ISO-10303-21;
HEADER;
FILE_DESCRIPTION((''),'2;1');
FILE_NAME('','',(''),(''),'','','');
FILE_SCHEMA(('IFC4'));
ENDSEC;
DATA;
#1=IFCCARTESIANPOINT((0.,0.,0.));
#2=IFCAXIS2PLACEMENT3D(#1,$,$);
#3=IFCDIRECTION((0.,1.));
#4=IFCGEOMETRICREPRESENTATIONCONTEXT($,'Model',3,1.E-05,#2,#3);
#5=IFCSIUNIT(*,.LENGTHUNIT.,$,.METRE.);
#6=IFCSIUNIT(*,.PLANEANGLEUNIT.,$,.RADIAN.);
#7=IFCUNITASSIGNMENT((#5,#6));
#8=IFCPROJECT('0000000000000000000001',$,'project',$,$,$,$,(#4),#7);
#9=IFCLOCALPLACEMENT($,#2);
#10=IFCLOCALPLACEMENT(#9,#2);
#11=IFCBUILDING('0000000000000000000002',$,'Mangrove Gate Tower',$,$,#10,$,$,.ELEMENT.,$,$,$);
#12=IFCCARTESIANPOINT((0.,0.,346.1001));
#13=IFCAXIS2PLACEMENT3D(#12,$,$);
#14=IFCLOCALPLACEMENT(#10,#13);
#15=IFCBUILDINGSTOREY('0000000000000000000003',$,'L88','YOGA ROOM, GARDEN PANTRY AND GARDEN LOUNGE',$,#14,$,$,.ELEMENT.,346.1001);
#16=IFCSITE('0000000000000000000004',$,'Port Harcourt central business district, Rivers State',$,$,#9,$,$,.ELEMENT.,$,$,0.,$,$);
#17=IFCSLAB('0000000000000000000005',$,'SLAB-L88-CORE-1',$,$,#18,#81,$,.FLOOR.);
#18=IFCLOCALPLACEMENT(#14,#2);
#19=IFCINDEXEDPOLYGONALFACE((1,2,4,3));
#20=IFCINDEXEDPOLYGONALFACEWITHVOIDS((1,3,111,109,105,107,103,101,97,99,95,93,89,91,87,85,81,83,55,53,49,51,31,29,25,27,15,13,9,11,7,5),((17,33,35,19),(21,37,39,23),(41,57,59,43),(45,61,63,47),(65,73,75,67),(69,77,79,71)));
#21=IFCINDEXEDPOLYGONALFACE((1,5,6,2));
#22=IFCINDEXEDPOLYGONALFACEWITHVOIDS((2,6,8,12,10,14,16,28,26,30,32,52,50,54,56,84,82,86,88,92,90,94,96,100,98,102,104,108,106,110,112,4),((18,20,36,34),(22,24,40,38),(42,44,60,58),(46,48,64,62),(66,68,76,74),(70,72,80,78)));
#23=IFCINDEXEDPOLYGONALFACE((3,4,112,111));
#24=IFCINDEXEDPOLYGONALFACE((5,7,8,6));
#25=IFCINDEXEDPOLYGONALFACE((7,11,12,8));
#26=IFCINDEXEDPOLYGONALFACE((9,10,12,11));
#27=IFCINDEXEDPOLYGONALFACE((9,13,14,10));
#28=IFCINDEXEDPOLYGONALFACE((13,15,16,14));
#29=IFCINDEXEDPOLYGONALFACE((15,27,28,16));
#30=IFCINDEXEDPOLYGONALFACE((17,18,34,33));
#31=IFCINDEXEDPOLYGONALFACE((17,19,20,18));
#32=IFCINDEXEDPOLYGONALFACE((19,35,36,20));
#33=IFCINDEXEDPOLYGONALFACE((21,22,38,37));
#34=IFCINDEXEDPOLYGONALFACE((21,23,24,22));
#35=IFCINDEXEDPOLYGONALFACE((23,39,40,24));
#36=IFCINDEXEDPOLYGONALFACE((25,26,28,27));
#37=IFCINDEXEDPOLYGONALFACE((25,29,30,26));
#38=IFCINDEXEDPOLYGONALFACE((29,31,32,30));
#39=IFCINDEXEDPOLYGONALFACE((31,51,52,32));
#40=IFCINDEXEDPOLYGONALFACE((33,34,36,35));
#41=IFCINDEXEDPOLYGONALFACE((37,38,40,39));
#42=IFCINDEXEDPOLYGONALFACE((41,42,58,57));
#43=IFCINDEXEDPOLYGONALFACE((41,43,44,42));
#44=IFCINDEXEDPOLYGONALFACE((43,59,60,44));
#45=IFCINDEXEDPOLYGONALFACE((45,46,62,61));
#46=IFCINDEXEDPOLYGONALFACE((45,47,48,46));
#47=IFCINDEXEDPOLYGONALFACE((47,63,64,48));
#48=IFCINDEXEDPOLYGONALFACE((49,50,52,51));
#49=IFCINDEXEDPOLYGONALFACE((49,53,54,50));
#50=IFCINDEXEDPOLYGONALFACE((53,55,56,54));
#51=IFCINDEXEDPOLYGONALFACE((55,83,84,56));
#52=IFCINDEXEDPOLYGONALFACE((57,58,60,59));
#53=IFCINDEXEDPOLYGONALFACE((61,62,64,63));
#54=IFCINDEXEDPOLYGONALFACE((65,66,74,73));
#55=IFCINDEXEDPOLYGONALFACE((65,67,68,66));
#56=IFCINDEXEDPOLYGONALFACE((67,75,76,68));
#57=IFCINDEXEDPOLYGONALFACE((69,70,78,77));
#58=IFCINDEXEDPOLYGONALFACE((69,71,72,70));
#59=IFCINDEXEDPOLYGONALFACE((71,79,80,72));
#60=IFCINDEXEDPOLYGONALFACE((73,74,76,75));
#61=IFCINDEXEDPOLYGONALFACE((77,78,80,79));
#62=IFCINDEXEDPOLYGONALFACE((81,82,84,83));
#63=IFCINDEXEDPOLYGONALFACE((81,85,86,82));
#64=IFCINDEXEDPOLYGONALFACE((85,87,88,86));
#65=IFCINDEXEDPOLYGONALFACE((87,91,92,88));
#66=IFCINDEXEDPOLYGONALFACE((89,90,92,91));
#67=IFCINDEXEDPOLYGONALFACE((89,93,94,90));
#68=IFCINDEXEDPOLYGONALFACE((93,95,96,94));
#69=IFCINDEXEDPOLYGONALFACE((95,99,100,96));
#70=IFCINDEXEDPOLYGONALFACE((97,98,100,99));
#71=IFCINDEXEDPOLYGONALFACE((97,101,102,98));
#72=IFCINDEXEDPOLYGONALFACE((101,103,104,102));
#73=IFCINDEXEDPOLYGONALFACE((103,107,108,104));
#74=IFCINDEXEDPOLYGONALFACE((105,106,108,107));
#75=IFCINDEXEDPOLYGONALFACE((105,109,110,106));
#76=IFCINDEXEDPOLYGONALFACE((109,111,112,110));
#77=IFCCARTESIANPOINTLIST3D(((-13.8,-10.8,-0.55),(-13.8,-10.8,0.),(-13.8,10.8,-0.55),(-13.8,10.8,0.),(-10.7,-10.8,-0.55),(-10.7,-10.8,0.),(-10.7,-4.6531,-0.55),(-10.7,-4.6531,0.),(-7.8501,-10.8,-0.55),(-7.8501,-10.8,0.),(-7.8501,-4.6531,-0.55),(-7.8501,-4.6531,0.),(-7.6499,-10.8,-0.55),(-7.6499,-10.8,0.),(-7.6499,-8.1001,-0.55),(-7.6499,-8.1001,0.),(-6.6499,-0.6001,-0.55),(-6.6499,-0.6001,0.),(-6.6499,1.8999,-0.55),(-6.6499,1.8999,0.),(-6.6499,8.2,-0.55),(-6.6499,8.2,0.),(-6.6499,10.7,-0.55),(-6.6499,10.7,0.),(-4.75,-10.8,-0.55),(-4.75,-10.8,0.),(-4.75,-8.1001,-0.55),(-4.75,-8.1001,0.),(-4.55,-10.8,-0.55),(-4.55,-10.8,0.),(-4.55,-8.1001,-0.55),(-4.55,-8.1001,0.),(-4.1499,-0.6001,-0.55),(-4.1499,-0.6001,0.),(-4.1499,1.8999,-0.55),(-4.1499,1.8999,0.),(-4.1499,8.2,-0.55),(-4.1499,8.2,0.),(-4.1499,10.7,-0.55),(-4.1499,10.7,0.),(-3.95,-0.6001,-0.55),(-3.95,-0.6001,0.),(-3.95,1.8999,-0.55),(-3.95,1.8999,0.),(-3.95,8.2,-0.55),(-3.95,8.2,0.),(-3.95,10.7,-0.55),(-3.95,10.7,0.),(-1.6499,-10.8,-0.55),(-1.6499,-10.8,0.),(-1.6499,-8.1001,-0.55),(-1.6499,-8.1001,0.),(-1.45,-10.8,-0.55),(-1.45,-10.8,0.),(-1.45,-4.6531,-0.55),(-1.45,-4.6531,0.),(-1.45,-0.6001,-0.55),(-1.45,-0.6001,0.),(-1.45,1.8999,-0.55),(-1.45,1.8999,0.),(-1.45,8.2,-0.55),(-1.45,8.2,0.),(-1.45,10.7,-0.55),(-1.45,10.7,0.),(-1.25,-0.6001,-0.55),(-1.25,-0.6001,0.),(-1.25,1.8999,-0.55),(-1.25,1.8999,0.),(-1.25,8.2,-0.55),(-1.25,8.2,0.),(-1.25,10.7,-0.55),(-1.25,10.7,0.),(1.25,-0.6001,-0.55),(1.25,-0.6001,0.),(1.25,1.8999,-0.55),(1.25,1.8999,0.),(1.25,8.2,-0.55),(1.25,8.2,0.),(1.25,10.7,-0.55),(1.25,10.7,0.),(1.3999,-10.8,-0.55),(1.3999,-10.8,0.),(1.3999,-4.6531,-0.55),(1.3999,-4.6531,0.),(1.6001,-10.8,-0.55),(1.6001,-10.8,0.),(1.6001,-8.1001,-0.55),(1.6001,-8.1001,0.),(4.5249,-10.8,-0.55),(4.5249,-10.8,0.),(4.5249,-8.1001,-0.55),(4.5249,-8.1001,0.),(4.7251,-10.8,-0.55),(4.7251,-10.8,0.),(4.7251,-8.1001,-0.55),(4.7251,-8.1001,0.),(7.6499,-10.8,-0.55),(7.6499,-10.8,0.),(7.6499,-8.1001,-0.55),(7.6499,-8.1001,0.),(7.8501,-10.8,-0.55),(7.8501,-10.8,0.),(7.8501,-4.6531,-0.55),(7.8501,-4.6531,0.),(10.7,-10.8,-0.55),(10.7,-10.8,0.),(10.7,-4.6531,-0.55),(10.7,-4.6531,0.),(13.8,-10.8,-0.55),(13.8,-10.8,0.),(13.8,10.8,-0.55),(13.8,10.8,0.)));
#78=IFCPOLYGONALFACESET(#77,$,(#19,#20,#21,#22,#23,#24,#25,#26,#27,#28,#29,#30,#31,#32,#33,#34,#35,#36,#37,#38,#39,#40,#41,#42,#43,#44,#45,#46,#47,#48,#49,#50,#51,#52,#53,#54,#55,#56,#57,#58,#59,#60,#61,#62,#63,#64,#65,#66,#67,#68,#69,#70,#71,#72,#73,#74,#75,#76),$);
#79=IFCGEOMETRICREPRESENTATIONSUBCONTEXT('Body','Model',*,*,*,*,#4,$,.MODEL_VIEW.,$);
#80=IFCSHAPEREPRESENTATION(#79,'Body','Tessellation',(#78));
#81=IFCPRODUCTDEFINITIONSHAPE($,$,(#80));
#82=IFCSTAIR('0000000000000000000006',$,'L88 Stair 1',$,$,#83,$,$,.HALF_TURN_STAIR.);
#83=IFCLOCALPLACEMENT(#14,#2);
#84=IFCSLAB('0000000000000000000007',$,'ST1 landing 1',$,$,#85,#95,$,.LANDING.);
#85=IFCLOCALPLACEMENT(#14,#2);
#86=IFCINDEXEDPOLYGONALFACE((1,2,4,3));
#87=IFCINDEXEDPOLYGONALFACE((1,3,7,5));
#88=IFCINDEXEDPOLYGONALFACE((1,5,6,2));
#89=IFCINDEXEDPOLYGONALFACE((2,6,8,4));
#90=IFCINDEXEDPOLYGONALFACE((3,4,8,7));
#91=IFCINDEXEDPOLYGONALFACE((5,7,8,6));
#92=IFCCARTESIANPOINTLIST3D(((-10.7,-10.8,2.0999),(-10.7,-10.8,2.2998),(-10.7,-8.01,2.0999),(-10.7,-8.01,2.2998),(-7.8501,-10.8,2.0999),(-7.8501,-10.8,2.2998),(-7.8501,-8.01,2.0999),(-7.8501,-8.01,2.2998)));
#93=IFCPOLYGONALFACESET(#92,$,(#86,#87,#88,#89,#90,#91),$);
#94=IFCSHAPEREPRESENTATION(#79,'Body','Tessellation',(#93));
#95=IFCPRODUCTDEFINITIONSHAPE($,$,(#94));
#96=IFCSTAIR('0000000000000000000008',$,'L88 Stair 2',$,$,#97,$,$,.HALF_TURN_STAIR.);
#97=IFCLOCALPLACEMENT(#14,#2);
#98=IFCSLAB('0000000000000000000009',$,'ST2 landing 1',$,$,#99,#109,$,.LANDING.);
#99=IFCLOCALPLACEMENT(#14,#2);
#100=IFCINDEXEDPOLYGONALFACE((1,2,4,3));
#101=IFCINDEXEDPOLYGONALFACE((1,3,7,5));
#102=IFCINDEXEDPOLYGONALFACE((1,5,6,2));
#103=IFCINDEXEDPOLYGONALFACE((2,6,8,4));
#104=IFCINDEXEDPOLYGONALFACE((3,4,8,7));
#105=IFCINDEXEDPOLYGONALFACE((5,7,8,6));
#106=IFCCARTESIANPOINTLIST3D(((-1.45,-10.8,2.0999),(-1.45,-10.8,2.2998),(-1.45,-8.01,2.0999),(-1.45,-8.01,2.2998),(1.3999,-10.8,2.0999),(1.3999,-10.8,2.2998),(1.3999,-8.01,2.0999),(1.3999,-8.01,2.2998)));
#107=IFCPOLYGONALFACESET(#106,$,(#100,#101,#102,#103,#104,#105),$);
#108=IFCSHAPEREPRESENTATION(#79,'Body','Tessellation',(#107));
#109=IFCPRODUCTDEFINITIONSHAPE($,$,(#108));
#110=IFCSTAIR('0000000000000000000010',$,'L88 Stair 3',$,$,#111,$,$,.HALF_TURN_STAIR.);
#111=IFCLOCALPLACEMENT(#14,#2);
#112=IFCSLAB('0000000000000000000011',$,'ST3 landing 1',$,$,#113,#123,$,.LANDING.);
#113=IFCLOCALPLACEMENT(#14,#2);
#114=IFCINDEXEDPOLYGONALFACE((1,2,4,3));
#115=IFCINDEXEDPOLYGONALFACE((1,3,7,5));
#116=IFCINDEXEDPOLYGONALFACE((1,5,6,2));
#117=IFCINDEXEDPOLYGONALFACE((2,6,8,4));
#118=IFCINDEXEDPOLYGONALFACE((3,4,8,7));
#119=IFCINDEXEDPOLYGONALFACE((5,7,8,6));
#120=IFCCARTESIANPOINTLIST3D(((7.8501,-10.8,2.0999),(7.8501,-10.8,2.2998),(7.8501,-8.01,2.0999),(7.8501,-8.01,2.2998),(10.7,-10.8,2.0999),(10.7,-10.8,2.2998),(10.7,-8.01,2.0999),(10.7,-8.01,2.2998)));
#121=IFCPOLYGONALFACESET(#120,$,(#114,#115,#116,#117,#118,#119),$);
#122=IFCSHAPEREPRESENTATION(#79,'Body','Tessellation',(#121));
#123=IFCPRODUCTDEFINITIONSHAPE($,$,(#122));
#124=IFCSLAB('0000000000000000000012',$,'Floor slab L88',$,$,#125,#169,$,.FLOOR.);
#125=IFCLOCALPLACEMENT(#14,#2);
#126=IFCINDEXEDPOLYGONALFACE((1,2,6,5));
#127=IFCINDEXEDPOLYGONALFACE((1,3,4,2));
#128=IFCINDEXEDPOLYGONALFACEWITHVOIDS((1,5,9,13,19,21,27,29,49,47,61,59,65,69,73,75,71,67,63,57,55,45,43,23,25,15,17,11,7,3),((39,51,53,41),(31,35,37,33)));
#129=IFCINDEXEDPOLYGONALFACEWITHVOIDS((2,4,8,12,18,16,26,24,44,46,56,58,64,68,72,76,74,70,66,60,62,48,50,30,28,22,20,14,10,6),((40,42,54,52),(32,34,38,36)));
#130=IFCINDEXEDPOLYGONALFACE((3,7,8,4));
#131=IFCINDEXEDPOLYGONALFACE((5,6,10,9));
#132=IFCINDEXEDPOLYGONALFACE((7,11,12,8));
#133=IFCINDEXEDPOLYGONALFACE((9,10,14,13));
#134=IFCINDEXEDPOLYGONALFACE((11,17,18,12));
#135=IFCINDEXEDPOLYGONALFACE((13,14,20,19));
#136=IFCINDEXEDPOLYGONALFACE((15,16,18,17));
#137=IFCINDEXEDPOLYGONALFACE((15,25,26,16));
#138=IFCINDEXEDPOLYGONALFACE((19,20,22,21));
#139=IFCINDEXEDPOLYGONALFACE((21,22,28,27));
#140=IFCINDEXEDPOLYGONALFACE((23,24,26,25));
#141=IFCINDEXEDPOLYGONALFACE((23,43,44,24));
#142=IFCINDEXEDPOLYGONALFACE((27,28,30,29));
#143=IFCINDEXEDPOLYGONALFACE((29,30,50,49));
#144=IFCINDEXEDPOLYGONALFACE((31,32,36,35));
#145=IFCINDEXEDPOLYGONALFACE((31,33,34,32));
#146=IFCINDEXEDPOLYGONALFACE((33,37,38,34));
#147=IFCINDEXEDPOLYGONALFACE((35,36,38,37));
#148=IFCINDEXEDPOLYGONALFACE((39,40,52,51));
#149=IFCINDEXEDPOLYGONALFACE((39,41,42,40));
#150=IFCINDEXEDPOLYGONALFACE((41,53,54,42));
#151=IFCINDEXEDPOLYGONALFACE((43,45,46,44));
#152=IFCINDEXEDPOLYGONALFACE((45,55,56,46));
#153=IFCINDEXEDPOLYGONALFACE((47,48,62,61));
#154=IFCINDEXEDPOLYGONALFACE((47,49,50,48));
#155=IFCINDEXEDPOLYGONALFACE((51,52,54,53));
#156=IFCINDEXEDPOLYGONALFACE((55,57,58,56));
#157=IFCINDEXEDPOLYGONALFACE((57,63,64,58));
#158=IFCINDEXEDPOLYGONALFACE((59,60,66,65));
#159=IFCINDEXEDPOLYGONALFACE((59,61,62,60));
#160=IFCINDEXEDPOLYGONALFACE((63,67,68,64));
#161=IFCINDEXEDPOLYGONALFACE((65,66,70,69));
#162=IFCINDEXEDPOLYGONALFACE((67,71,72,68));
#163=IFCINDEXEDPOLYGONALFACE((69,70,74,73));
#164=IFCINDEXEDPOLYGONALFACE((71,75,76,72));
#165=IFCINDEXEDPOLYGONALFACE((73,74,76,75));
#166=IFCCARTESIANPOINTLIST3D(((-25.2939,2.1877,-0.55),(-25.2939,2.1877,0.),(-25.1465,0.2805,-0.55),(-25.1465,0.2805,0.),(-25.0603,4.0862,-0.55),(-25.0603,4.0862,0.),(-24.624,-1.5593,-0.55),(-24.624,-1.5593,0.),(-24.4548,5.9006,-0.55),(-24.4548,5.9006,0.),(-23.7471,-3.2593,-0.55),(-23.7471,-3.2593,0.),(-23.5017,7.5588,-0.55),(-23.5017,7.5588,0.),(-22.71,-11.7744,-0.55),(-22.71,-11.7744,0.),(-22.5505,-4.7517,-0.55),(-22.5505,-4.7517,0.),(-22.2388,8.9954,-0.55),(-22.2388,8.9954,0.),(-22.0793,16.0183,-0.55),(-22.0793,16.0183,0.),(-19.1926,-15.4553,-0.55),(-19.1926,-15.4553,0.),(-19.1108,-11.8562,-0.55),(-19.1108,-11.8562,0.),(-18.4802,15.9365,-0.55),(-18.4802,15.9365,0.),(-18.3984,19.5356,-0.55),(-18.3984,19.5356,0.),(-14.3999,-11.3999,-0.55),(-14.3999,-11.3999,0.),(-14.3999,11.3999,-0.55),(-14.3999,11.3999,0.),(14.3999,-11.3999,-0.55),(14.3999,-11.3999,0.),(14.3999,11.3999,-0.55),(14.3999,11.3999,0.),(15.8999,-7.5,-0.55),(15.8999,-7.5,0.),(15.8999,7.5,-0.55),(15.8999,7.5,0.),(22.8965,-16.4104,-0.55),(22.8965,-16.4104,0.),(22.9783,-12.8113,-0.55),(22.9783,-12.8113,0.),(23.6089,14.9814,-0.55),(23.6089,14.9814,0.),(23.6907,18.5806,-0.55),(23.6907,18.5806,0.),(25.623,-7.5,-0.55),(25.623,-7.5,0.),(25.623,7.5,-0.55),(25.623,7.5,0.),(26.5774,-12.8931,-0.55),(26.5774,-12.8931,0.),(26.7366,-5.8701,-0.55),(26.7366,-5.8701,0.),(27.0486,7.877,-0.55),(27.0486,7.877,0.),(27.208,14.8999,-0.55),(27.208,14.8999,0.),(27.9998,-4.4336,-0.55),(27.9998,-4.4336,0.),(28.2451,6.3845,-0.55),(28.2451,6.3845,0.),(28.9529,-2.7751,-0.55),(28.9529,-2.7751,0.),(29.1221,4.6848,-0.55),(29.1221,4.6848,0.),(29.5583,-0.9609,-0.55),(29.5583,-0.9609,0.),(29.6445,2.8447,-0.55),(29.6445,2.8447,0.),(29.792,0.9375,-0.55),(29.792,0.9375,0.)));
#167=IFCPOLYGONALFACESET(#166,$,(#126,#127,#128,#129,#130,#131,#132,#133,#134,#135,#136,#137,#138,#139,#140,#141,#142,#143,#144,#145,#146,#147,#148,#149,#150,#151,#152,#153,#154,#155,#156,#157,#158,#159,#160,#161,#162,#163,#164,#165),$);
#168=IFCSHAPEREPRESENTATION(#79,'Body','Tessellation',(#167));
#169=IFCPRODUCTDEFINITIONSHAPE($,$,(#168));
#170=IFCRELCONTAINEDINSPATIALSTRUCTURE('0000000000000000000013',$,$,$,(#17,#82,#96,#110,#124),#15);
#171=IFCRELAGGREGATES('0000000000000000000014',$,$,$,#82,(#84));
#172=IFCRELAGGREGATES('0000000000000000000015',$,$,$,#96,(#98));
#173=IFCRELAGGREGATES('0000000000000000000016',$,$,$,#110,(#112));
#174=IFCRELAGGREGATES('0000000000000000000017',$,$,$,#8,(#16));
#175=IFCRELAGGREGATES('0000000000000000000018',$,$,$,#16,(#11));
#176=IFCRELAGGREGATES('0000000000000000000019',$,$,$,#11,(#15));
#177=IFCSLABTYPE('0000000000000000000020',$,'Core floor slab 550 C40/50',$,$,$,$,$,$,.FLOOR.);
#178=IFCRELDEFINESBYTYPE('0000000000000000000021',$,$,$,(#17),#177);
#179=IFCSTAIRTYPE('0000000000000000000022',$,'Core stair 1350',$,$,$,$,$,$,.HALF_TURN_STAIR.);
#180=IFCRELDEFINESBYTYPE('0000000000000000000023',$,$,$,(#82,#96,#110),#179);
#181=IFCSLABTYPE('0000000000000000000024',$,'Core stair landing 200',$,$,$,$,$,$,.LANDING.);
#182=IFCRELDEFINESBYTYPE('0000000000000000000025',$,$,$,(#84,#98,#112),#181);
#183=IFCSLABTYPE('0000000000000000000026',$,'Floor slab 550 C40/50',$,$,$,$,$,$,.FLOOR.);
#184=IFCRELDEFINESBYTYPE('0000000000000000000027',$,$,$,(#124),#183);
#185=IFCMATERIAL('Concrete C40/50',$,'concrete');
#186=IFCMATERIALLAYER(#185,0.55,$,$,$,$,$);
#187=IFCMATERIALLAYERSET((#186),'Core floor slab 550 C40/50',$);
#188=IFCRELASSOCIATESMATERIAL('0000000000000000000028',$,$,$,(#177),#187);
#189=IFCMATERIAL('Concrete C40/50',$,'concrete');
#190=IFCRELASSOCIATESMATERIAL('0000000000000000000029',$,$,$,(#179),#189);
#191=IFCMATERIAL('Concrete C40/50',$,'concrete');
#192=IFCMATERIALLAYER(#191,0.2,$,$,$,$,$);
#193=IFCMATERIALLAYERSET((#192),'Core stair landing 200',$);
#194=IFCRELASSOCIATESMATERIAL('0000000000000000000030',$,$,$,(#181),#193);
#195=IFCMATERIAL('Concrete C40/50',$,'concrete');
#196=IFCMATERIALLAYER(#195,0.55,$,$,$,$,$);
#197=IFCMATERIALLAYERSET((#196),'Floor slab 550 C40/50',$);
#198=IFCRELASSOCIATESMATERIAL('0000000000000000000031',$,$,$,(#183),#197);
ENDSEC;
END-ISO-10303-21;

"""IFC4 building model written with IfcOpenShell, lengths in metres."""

from ifc_helpers import new_model, si_unit, direction, frame, origin, place, context, subcontext, project, spatial, polyline, outline, extrude, material, layer, layer_set, type_object, element, aggregate, save


model = new_model("IFC4")

# Units and contexts
model_context = context("Model", 3, precision=1e-05, world=origin(), true_north=direction((0.0, 1.0)))
body_context = subcontext(model_context, "Body", "Model", "MODEL_VIEW")
ifc_project = project(units=[si_unit("LENGTHUNIT", "METRE"), si_unit("PLANEANGLEUNIT", "RADIAN")], contexts=[model_context])

# Site, building, storey
site_placement = place(None, origin())
site = spatial("IfcSite", under=ifc_project, at=site_placement, Name="Port Harcourt central business district, Rivers State", CompositionType="ELEMENT", RefElevation=0.0)
building_placement = place(site_placement, origin())
building = spatial("IfcBuilding", under=site, at=building_placement, Name="Mangrove Gate Tower", CompositionType="ELEMENT")
storey_placement = place(building_placement, frame((0.0, 0.0, 346.1001)))
storey = spatial("IfcBuildingStorey", under=building, at=storey_placement, Name="L88", Description="YOGA ROOM, GARDEN PANTRY AND GARDEN LOUNGE", CompositionType="ELEMENT", Elevation=346.1001)

# Slab
ifc_material_1 = material(Name="Concrete C40/50", Category="concrete")
ifc_layer_1 = layer(ifc_material_1, 0.55)
ifc_layer_set_1 = layer_set([ifc_layer_1], Name="Core floor slab 550 C40/50")
slab_type_1 = type_object("IfcSlabType", Name="Core floor slab 550 C40/50", PredefinedType="FLOOR", material=ifc_layer_set_1)
slab_1_placement = place(storey_placement, frame((0.0, 0.0, -0.55)))
element("IfcSlab", 1, at=slab_1_placement, inside=storey, type_object=slab_type_1, Name="SLAB-L88-CORE-1", PredefinedType="FLOOR", context=body_context, shape_type="SweptSolid", body=[
    extrude(outline(polyline([(-13.8, -10.8), (-13.8, 10.8), (13.8, 10.8), (13.8, -10.8), (10.7, -10.8), (10.7, -4.6531), (7.8501, -4.6531), (7.8501, -10.8), (7.6499, -10.8), (7.6499, -8.1001), (4.7251, -8.1001), (4.7251, -10.8), (4.5249, -10.8), (4.5249, -8.1001), (1.6001, -8.1001), (1.6001, -10.8), (1.3999, -10.8), (1.3999, -4.6531), (-1.45, -4.6531), (-1.45, -10.8), (-1.6499, -10.8), (-1.6499, -8.1001), (-4.55, -8.1001), (-4.55, -10.8), (-4.75, -10.8), (-4.75, -8.1001), (-7.6499, -8.1001), (-7.6499, -10.8), (-7.8501, -10.8), (-7.8501, -4.6531), (-10.7, -4.6531), (-10.7, -10.8), (-13.8, -10.8)]), holes=[polyline([(-4.1499, 1.8999), (-6.6499, 1.8999), (-6.6499, -0.6001), (-4.1499, -0.6001), (-4.1499, 1.8999)]), polyline([(-1.45, -0.6001), (-1.45, 1.8999), (-3.95, 1.8999), (-3.95, -0.6001), (-1.45, -0.6001)]), polyline([(-4.1499, 8.2), (-4.1499, 10.7), (-6.6499, 10.7), (-6.6499, 8.2), (-4.1499, 8.2)]), polyline([(-1.45, 10.7), (-3.95, 10.7), (-3.95, 8.2), (-1.45, 8.2), (-1.45, 10.7)]), polyline([(1.25, -0.6001), (1.25, 1.8999), (-1.25, 1.8999), (-1.25, -0.6001), (1.25, -0.6001)]), polyline([(1.25, 8.2), (1.25, 10.7), (-1.25, 10.7), (-1.25, 8.2), (1.25, 8.2)])]), origin(), (0.0, 0.0, 1.0), 0.55),
])

# Stairs, slabs
ifc_material_2 = material(Name="Concrete C40/50", Category="concrete")
stair_type = type_object("IfcStairType", Name="Core stair 1350", PredefinedType="HALF_TURN_STAIR", material=ifc_material_2)
stair_1_placement = place(storey_placement, origin())
stair_1 = element("IfcStair", 2, at=stair_1_placement, inside=storey, type_object=stair_type, Name="L88 Stair 1", PredefinedType="HALF_TURN_STAIR")
ifc_material_3 = material(Name="Concrete C40/50", Category="concrete")
ifc_layer_2 = layer(ifc_material_3, 0.2)
ifc_layer_set_2 = layer_set([ifc_layer_2], Name="Core stair landing 200")
slab_type_2 = type_object("IfcSlabType", Name="Core stair landing 200", PredefinedType="LANDING", material=ifc_layer_set_2)
slab_2_placement = place(storey_placement, frame((0.0, 0.0, 2.0999)))
slab_2 = element("IfcSlab", 3, at=slab_2_placement, type_object=slab_type_2, Name="ST1 landing 1", PredefinedType="LANDING", context=body_context, shape_type="SweptSolid", body=[
    extrude(outline(polyline([(-10.7, -8.01), (-10.7, -10.8), (-7.8501, -10.8), (-7.8501, -8.01), (-10.7, -8.01)])), origin(), (0.0, 0.0, 1.0), 0.2),
])
aggregate(stair_1, [slab_2])
stair_2_placement = place(storey_placement, origin())
stair_2 = element("IfcStair", 4, at=stair_2_placement, inside=storey, type_object=stair_type, Name="L88 Stair 2", PredefinedType="HALF_TURN_STAIR")
slab_3_placement = place(storey_placement, frame((0.0, 0.0, 2.0999)))
slab_3 = element("IfcSlab", 5, at=slab_3_placement, type_object=slab_type_2, Name="ST2 landing 1", PredefinedType="LANDING", context=body_context, shape_type="SweptSolid", body=[
    extrude(outline(polyline([(-1.45, -8.01), (-1.45, -10.8), (1.3999, -10.8), (1.3999, -8.01), (-1.45, -8.01)])), origin(), (0.0, 0.0, 1.0), 0.2),
])
aggregate(stair_2, [slab_3])
stair_3_placement = place(storey_placement, origin())
stair_3 = element("IfcStair", 6, at=stair_3_placement, inside=storey, type_object=stair_type, Name="L88 Stair 3", PredefinedType="HALF_TURN_STAIR")
slab_4_placement = place(storey_placement, frame((0.0, 0.0, 2.0999)))
slab_4 = element("IfcSlab", 7, at=slab_4_placement, type_object=slab_type_2, Name="ST3 landing 1", PredefinedType="LANDING", context=body_context, shape_type="SweptSolid", body=[
    extrude(outline(polyline([(7.8501, -8.01), (7.8501, -10.8), (10.7, -10.8), (10.7, -8.01), (7.8501, -8.01)])), origin(), (0.0, 0.0, 1.0), 0.2),
])
aggregate(stair_3, [slab_4])

# Slab
ifc_material_4 = material(Name="Concrete C40/50", Category="concrete")
ifc_layer_3 = layer(ifc_material_4, 0.55)
ifc_layer_set_3 = layer_set([ifc_layer_3], Name="Floor slab 550 C40/50")
slab_type_3 = type_object("IfcSlabType", Name="Floor slab 550 C40/50", PredefinedType="FLOOR", material=ifc_layer_set_3)
slab_5_placement = place(storey_placement, frame((0.0, 0.0, -0.55)))
element("IfcSlab", 8, at=slab_5_placement, inside=storey, type_object=slab_type_3, Name="Floor slab L88", PredefinedType="FLOOR", context=body_context, shape_type="SweptSolid", body=[
    extrude(outline(polyline([(-19.1926, -15.4553), (22.8965, -16.4104), (22.9783, -12.8113), (26.5774, -12.8931), (26.7366, -5.8701), (27.9998, -4.4336), (28.9529, -2.7751), (29.5583, -0.9609), (29.792, 0.9375), (29.6445, 2.8447), (29.1221, 4.6848), (28.2451, 6.3845), (27.0486, 7.877), (27.208, 14.8999), (23.6089, 14.9814), (23.6907, 18.5806), (-18.3984, 19.5356), (-18.4802, 15.9365), (-22.0793, 16.0183), (-22.2388, 8.9954), (-23.5017, 7.5588), (-24.4548, 5.9006), (-25.0603, 4.0862), (-25.2939, 2.1877), (-25.1465, 0.2805), (-24.624, -1.5593), (-23.7471, -3.2593), (-22.5505, -4.7517), (-22.71, -11.7744), (-19.1108, -11.8562), (-19.1926, -15.4553)]), holes=[polyline([(15.8999, 7.5), (25.623, 7.5), (25.623, -7.5), (15.8999, -7.5), (15.8999, 7.5)]), polyline([(-14.3999, -11.3999), (-14.3999, 11.3999), (14.3999, 11.3999), (14.3999, -11.3999), (-14.3999, -11.3999)])]), origin(), (0.0, 0.0, 1.0), 0.55),
])

save(model, "model.ifc")
